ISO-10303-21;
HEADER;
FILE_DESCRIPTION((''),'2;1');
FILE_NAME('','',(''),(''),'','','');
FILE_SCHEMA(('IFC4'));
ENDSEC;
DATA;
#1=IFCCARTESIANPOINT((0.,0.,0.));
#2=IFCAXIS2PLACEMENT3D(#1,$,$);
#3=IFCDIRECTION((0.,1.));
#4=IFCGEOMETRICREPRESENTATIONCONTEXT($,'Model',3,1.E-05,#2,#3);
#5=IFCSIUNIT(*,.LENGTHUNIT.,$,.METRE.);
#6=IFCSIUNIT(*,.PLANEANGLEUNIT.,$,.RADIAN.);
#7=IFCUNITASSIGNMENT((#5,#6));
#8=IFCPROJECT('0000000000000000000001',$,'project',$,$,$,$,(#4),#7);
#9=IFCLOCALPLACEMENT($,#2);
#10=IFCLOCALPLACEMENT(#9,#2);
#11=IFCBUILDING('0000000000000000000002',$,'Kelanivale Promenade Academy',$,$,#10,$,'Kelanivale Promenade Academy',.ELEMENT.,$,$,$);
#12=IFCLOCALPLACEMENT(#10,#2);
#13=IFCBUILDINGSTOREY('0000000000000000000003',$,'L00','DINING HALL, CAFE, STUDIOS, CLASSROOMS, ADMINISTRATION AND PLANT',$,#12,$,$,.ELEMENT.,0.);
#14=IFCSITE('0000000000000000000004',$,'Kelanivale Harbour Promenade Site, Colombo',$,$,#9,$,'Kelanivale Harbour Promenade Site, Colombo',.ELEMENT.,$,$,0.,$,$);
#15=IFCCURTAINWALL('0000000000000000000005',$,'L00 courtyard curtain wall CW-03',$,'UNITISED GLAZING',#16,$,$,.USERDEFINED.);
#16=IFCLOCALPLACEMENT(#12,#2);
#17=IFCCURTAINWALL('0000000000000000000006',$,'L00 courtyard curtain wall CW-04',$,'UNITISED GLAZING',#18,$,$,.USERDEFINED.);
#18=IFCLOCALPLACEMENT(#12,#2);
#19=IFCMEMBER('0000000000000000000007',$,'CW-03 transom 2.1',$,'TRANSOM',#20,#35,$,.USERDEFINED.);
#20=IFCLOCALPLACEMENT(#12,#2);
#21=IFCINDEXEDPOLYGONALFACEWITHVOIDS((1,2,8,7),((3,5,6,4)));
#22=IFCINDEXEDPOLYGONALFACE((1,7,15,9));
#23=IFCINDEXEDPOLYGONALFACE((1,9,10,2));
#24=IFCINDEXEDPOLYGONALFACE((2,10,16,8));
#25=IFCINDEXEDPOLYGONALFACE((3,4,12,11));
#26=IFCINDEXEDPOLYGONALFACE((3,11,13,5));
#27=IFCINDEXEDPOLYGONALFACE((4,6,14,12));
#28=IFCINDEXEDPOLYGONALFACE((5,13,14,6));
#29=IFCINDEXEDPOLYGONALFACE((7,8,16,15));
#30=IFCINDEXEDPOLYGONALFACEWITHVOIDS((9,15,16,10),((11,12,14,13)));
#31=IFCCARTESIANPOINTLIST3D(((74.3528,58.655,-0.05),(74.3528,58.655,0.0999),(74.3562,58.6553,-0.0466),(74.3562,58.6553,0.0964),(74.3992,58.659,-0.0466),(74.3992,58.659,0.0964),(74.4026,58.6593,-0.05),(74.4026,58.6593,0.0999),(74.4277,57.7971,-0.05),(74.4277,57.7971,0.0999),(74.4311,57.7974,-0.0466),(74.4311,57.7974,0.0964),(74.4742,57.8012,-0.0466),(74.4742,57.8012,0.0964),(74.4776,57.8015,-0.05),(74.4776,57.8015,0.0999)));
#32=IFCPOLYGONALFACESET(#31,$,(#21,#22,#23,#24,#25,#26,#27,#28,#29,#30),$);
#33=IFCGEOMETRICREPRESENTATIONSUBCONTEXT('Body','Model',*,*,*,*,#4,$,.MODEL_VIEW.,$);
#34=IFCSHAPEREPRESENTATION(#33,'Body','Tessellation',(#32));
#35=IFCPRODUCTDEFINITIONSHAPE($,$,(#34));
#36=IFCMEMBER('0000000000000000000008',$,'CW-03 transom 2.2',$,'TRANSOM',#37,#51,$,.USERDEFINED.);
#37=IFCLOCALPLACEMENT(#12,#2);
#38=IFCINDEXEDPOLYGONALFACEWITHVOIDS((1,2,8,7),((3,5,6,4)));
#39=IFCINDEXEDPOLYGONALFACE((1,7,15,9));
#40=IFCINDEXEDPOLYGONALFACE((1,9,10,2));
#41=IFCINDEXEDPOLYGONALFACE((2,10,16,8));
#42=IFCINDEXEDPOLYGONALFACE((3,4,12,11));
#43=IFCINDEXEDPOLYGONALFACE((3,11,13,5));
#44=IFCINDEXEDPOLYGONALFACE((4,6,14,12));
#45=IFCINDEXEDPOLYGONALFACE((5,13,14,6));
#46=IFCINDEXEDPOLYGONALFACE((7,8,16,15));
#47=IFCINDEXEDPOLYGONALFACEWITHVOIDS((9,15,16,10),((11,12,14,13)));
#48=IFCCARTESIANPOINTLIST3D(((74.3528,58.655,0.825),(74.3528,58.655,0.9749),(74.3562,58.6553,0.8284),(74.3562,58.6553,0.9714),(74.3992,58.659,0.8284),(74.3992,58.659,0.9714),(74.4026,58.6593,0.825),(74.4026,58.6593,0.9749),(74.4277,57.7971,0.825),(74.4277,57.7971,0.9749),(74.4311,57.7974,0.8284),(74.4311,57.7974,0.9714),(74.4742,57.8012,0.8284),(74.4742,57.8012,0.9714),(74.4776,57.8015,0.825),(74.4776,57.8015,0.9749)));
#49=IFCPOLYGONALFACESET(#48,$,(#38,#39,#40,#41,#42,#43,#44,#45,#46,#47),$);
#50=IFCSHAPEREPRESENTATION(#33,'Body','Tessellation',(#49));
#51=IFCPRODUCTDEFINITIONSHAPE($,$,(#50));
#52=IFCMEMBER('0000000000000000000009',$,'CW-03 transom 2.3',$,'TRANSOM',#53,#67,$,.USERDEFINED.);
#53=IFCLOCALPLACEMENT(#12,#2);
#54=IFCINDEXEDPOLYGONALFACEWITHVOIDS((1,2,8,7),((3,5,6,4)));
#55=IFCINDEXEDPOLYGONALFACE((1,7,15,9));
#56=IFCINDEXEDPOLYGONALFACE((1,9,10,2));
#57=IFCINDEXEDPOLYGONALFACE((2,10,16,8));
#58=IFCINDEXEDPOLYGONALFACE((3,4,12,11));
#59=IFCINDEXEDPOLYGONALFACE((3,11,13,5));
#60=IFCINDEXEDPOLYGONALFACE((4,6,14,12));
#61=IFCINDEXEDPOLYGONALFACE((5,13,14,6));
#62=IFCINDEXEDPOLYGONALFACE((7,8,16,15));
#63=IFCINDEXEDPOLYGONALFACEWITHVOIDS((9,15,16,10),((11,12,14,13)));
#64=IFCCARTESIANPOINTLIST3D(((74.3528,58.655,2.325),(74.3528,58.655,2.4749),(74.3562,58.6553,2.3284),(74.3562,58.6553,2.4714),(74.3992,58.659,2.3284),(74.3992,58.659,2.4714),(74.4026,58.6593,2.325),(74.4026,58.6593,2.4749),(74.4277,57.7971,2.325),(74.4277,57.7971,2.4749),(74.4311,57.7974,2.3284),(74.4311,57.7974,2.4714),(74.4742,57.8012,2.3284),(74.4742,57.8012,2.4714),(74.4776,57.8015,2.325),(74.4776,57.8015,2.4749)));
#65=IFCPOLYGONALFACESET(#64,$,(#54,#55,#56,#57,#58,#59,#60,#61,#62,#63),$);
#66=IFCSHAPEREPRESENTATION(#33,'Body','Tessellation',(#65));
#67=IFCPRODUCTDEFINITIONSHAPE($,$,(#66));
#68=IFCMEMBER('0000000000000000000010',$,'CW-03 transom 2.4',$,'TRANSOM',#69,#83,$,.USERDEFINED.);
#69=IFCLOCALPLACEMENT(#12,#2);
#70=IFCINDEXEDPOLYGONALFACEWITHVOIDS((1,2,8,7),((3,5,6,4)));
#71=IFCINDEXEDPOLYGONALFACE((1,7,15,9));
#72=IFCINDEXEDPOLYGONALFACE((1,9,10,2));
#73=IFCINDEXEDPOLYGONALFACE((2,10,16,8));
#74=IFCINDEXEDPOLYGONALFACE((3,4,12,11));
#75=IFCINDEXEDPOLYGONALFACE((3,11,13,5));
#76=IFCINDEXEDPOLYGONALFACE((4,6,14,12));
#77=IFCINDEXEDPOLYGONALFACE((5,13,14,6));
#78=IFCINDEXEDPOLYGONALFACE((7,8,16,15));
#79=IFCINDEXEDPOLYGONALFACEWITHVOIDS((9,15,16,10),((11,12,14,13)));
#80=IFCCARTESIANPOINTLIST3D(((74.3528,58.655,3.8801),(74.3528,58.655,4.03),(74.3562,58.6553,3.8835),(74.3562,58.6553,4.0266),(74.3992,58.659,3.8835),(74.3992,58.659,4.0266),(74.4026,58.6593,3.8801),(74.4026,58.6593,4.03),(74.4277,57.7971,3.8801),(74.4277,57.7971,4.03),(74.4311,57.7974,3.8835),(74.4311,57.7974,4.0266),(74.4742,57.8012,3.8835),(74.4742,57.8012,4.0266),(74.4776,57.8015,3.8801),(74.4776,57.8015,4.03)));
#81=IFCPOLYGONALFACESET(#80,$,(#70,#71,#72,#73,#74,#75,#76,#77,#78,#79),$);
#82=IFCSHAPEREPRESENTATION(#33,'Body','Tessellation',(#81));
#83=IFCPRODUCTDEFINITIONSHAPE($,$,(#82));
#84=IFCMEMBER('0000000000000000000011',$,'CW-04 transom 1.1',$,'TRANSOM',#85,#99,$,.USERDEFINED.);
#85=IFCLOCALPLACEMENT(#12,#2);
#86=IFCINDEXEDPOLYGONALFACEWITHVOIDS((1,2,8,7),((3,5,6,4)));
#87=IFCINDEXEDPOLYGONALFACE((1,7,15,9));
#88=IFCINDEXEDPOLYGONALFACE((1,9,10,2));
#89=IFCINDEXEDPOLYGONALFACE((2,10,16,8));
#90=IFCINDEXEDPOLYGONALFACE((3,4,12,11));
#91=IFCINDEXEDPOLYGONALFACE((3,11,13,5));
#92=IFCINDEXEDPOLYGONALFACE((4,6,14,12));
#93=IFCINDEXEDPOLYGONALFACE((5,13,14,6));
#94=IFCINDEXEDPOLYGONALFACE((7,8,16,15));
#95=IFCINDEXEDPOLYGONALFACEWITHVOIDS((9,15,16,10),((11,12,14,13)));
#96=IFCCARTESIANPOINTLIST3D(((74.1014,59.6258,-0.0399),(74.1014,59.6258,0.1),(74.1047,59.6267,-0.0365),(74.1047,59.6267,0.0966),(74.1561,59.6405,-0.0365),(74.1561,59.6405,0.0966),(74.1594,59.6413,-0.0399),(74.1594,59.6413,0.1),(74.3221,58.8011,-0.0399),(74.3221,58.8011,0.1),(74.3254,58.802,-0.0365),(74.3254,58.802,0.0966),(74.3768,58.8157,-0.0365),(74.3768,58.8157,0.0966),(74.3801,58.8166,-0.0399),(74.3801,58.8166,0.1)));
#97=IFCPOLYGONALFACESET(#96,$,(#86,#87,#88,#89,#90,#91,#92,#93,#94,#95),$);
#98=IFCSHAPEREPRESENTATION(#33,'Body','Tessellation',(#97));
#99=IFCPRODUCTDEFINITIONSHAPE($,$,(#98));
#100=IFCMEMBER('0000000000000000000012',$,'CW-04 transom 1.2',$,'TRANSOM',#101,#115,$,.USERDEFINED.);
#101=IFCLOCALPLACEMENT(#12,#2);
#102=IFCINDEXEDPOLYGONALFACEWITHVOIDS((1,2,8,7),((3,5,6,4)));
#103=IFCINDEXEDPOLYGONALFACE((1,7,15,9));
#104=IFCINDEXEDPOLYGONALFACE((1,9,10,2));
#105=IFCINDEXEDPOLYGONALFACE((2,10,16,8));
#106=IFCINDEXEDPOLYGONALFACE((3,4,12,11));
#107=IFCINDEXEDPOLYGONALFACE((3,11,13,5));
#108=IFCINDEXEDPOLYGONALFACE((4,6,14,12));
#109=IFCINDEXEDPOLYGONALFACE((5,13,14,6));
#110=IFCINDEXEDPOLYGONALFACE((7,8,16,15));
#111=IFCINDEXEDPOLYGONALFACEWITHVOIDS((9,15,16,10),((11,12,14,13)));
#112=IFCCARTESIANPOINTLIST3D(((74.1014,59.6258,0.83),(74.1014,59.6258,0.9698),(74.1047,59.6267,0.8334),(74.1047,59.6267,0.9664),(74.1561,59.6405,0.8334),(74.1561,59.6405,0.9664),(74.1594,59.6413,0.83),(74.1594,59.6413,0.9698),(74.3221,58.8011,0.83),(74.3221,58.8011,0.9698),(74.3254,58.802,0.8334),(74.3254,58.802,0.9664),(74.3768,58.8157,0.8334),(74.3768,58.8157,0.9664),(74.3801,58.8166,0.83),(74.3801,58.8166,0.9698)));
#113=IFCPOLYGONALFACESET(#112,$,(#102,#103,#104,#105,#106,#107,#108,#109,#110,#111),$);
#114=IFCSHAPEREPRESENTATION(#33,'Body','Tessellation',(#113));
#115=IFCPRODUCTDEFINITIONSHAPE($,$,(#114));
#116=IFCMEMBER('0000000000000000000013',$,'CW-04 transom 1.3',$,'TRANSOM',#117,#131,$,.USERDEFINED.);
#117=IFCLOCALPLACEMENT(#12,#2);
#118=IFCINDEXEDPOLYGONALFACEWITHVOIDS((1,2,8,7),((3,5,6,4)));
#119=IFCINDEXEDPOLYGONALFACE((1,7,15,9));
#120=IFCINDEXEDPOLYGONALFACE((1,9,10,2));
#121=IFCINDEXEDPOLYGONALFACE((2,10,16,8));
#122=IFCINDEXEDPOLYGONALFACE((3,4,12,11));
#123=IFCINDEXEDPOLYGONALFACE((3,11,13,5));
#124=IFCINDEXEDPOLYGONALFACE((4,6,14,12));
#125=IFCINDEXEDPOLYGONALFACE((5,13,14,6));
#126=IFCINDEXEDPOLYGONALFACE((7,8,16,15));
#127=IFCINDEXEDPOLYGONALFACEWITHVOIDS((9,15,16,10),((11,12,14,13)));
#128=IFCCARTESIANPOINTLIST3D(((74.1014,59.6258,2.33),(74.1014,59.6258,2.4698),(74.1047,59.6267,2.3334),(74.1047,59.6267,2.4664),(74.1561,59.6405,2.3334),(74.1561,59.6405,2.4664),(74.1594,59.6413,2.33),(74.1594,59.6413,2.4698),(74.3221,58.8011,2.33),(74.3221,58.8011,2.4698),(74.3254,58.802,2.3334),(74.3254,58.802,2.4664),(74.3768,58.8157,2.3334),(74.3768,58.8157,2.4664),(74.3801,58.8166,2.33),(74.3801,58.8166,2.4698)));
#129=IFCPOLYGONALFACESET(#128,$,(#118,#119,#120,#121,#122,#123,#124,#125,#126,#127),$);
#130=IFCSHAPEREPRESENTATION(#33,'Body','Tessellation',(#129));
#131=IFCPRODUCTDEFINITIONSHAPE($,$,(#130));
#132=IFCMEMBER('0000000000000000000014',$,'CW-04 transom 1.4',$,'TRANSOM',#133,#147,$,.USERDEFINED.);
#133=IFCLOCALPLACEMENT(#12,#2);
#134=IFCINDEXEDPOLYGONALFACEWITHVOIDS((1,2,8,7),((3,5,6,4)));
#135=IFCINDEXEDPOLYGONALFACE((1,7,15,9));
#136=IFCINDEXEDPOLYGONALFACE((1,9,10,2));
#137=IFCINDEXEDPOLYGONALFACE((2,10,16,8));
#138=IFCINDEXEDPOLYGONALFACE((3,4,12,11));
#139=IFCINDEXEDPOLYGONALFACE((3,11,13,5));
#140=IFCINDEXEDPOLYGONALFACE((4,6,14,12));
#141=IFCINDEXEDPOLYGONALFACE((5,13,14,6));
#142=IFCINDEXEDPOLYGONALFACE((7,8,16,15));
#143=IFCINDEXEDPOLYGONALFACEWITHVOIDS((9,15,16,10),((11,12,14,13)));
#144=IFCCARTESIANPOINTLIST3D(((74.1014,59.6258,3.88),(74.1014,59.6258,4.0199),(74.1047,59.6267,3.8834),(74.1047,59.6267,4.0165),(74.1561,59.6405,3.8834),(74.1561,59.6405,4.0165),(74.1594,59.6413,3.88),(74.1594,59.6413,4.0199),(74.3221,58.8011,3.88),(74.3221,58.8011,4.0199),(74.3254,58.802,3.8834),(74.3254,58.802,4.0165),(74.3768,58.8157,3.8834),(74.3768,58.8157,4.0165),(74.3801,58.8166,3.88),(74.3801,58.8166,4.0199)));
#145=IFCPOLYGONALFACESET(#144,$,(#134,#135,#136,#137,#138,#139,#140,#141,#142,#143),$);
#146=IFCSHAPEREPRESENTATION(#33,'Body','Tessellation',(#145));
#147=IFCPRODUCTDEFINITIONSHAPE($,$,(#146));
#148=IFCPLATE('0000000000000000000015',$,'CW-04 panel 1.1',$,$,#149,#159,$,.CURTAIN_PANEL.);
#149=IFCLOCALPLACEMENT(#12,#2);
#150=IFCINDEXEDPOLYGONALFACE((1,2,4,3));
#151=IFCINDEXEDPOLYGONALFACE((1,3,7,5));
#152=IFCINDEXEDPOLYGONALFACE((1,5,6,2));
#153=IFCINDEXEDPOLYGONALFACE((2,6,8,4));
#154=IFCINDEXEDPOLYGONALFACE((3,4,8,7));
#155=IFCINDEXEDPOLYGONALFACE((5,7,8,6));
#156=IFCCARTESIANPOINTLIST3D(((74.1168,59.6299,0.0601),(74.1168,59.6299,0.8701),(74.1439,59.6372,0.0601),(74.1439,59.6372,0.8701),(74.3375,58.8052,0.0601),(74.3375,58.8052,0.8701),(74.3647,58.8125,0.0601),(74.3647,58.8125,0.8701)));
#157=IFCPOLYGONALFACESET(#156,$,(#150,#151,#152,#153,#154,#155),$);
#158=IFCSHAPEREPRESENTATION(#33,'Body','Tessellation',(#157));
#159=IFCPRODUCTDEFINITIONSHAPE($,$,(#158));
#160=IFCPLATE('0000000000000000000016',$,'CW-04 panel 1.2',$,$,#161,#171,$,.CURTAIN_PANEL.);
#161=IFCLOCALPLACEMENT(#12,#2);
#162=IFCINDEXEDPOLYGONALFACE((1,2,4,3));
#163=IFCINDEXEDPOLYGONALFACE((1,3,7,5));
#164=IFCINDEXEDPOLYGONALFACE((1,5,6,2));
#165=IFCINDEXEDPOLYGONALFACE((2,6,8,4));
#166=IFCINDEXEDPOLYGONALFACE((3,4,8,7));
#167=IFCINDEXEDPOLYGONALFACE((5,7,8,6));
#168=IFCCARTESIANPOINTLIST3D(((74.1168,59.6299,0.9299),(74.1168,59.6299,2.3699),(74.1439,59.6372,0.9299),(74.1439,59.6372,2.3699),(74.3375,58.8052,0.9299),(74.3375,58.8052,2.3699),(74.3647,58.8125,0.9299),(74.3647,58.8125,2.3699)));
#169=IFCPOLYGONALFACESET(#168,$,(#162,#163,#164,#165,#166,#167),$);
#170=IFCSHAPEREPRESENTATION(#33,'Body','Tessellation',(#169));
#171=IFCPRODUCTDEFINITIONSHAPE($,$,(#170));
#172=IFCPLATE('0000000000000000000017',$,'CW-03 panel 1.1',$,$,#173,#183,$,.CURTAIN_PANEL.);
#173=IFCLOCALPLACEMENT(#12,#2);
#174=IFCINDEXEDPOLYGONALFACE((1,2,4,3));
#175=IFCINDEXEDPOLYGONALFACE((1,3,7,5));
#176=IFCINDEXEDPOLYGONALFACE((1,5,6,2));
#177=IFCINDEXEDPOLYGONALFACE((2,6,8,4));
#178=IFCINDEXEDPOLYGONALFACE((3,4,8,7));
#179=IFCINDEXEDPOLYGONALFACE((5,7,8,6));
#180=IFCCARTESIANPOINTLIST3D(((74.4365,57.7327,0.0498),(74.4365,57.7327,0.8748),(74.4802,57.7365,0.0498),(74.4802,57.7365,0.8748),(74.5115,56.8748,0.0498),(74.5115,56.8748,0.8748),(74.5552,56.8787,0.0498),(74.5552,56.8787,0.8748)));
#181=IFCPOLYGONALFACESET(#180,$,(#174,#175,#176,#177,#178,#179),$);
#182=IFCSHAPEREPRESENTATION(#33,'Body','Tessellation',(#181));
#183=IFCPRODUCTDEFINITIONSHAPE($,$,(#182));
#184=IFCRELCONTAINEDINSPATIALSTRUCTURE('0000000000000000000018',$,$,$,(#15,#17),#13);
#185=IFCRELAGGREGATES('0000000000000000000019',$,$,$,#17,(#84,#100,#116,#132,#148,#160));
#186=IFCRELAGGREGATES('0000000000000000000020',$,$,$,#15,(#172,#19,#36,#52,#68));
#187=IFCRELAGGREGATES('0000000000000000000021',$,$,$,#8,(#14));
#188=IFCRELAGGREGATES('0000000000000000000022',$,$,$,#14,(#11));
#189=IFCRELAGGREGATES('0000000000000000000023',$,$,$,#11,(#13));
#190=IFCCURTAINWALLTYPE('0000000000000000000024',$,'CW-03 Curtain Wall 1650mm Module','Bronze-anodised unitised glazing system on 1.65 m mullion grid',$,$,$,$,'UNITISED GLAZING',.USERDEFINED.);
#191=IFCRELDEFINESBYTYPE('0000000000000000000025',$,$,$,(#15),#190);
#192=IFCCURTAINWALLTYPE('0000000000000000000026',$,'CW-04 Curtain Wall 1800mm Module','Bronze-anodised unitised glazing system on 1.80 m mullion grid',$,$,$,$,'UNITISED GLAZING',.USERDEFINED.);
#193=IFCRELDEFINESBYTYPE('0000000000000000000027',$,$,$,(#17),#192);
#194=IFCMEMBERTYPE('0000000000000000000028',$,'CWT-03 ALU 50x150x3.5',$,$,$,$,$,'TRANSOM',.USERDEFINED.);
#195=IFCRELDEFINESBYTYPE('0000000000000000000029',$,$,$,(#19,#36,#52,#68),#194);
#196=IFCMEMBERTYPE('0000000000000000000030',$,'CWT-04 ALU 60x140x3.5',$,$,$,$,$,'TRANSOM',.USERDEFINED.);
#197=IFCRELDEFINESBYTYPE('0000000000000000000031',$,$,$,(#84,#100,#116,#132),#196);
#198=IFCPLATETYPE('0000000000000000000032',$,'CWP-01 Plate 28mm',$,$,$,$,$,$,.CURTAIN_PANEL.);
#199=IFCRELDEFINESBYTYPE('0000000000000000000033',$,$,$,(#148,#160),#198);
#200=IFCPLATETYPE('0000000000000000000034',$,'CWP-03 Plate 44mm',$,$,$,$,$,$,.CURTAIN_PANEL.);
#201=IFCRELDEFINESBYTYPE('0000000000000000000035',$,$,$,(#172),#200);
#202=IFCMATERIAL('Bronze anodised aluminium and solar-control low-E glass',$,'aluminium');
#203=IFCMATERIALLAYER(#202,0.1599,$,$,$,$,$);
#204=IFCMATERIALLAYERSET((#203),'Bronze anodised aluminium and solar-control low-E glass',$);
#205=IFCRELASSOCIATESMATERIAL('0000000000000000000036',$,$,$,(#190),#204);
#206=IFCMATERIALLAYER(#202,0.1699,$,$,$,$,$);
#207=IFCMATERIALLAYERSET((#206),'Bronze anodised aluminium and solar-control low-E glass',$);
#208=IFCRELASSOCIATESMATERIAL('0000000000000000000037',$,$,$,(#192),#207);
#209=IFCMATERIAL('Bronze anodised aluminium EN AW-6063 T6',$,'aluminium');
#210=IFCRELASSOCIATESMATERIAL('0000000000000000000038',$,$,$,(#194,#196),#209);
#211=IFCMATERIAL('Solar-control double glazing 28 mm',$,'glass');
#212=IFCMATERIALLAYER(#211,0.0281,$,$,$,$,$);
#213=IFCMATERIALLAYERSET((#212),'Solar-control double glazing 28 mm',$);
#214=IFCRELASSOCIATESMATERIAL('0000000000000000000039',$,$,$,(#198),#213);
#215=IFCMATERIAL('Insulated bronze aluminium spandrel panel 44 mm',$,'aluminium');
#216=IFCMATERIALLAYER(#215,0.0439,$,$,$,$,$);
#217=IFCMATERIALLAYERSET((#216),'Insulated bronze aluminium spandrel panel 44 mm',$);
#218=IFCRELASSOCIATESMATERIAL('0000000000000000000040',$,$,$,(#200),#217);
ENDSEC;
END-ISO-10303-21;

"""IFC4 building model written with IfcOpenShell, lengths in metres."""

from ifc_helpers import new_model, si_unit, direction, frame, origin, origin_2d, place, context, subcontext, project, spatial, rectangle, hollow_rectangle, extrude, material, layer, layer_set, material_profile, profile_set, type_object, element, aggregate, save


model = new_model("IFC4")

# Units and contexts
model_context = context("Model", 3, precision=1e-05, world=origin(), true_north=direction((0.0, 1.0)))
body_context = subcontext(model_context, "Body", "Model", "MODEL_VIEW")
ifc_project = project(units=[si_unit("LENGTHUNIT", "METRE"), si_unit("PLANEANGLEUNIT", "RADIAN")], contexts=[model_context])

# Site, building, storey
site_placement = place(None, origin())
site = spatial("IfcSite", under=ifc_project, at=site_placement, Name="Kelanivale Harbour Promenade Site, Colombo", LongName="Kelanivale Harbour Promenade Site, Colombo", CompositionType="ELEMENT", RefElevation=0.0)
building_placement = place(site_placement, origin())
building = spatial("IfcBuilding", under=site, at=building_placement, Name="Kelanivale Promenade Academy", LongName="Kelanivale Promenade Academy", CompositionType="ELEMENT")
storey_placement = place(building_placement, origin())
storey = spatial("IfcBuildingStorey", under=building, at=storey_placement, Name="L00", Description="DINING HALL, CAFE, STUDIOS, CLASSROOMS, ADMINISTRATION AND PLANT", CompositionType="ELEMENT", Elevation=0.0)

# Curtain wall
ifc_material_1 = material(Name="Bronze anodised aluminium and solar-control low-E glass", Category="aluminium")
ifc_layer_1 = layer(ifc_material_1, 0.1599)
ifc_layer_set_1 = layer_set([ifc_layer_1], Name="Bronze anodised aluminium and solar-control low-E glass")
curtain_wall_type_1 = type_object("IfcCurtainWallType", Name="CW-03 Curtain Wall 1650mm Module", Description="Bronze-anodised unitised glazing system on 1.65 m mullion grid", ElementType="UNITISED GLAZING", PredefinedType="USERDEFINED", material=ifc_layer_set_1)
curtain_wall_1_placement = place(storey_placement, origin())
curtain_wall_1 = element("IfcCurtainWall", 1, at=curtain_wall_1_placement, inside=storey, type_object=curtain_wall_type_1, Name="L00 courtyard curtain wall CW-03", ObjectType="UNITISED GLAZING", PredefinedType="USERDEFINED")
ifc_material_2 = material(Name="Bronze anodised aluminium EN AW-6063 T6", Category="aluminium")

# Curtain wall
ifc_layer_2 = layer(ifc_material_1, 0.1699)
ifc_layer_set_2 = layer_set([ifc_layer_2], Name="Bronze anodised aluminium and solar-control low-E glass")
curtain_wall_type_2 = type_object("IfcCurtainWallType", Name="CW-04 Curtain Wall 1800mm Module", Description="Bronze-anodised unitised glazing system on 1.80 m mullion grid", ElementType="UNITISED GLAZING", PredefinedType="USERDEFINED", material=ifc_layer_set_2)
curtain_wall_2_placement = place(storey_placement, origin())
curtain_wall_2 = element("IfcCurtainWall", 2, at=curtain_wall_2_placement, inside=storey, type_object=curtain_wall_type_2, Name="L00 courtyard curtain wall CW-04", ObjectType="UNITISED GLAZING", PredefinedType="USERDEFINED")

# Members
ifc_material_profile_1 = material_profile(ifc_material_2, hollow_rectangle(XDim=0.05, YDim=0.1499, WallThickness=0.0034, at=origin_2d()), Name="ALU 50x150x3.5")
ifc_profile_set_1 = profile_set([ifc_material_profile_1], Name="Bronze anodised aluminium EN AW-6063 T6")
member_type_1 = type_object("IfcMemberType", Name="CWT-03 ALU 50x150x3.5", ElementType="TRANSOM", PredefinedType="USERDEFINED", material=ifc_profile_set_1)
member_1_placement = place(storey_placement, frame((74.4526, 57.7993, 0.0249), z_axis=(-0.087033, 0.996205, 0.0), x_axis=(-0.996205, -0.087033, 0.0)))
member_1 = element("IfcMember", 3, at=member_1_placement, type_object=member_type_1, Name="CW-03 transom 2.1", ObjectType="TRANSOM", PredefinedType="USERDEFINED", context=body_context, shape_type="SweptSolid", body=[
    extrude(hollow_rectangle(XDim=0.05, YDim=0.1499, WallThickness=0.0034, at=origin_2d()), origin(), (0.0, 0.0, 1.0), 0.8611),
])
member_2_placement = place(storey_placement, frame((74.4526, 57.7993, 0.8999), z_axis=(-0.087033, 0.996205, 0.0), x_axis=(-0.996205, -0.087033, 0.0)))
member_2 = element("IfcMember", 4, at=member_2_placement, type_object=member_type_1, Name="CW-03 transom 2.2", ObjectType="TRANSOM", PredefinedType="USERDEFINED", context=body_context, shape_type="SweptSolid", body=[
    extrude(hollow_rectangle(XDim=0.05, YDim=0.1499, WallThickness=0.0034, at=origin_2d()), origin(), (0.0, 0.0, 1.0), 0.8611),
])
member_3_placement = place(storey_placement, frame((74.4526, 57.7993, 2.3999), z_axis=(-0.087033, 0.996205, 0.0), x_axis=(-0.996205, -0.087033, 0.0)))
member_3 = element("IfcMember", 5, at=member_3_placement, type_object=member_type_1, Name="CW-03 transom 2.3", ObjectType="TRANSOM", PredefinedType="USERDEFINED", context=body_context, shape_type="SweptSolid", body=[
    extrude(hollow_rectangle(XDim=0.05, YDim=0.1499, WallThickness=0.0034, at=origin_2d()), origin(), (0.0, 0.0, 1.0), 0.8611),
])
member_4_placement = place(storey_placement, frame((74.4526, 57.7993, 3.9551), z_axis=(-0.087033, 0.996205, 0.0), x_axis=(-0.996205, -0.087033, 0.0)))
member_4 = element("IfcMember", 6, at=member_4_placement, type_object=member_type_1, Name="CW-03 transom 2.4", ObjectType="TRANSOM", PredefinedType="USERDEFINED", context=body_context, shape_type="SweptSolid", body=[
    extrude(hollow_rectangle(XDim=0.05, YDim=0.1499, WallThickness=0.0034, at=origin_2d()), origin(), (0.0, 0.0, 1.0), 0.8611),
])
ifc_material_profile_2 = material_profile(ifc_material_2, hollow_rectangle(XDim=0.0601, YDim=0.1399, WallThickness=0.0034, at=origin_2d()), Name="ALU 60x140x3.5")
ifc_profile_set_2 = profile_set([ifc_material_profile_2], Name="Bronze anodised aluminium EN AW-6063 T6")
member_type_2 = type_object("IfcMemberType", Name="CWT-04 ALU 60x140x3.5", ElementType="TRANSOM", PredefinedType="USERDEFINED", material=ifc_profile_set_2)
member_5_placement = place(storey_placement, frame((74.3511, 58.8088, 0.03), z_axis=(-0.258517, 0.966007, 0.0), x_axis=(-0.966007, -0.258517, 0.0)))
member_5 = element("IfcMember", 7, at=member_5_placement, type_object=member_type_2, Name="CW-04 transom 1.1", ObjectType="TRANSOM", PredefinedType="USERDEFINED", context=body_context, shape_type="SweptSolid", body=[
    extrude(hollow_rectangle(XDim=0.0601, YDim=0.1399, WallThickness=0.0034, at=origin_2d()), origin(), (0.0, 0.0, 1.0), 0.8538),
])
member_6_placement = place(storey_placement, frame((74.3511, 58.8088, 0.8999), z_axis=(-0.258517, 0.966007, 0.0), x_axis=(-0.966007, -0.258517, 0.0)))
member_6 = element("IfcMember", 8, at=member_6_placement, type_object=member_type_2, Name="CW-04 transom 1.2", ObjectType="TRANSOM", PredefinedType="USERDEFINED", context=body_context, shape_type="SweptSolid", body=[
    extrude(hollow_rectangle(XDim=0.0601, YDim=0.1399, WallThickness=0.0034, at=origin_2d()), origin(), (0.0, 0.0, 1.0), 0.8538),
])
member_7_placement = place(storey_placement, frame((74.3511, 58.8088, 2.3999), z_axis=(-0.258517, 0.966007, 0.0), x_axis=(-0.966007, -0.258517, 0.0)))
member_7 = element("IfcMember", 9, at=member_7_placement, type_object=member_type_2, Name="CW-04 transom 1.3", ObjectType="TRANSOM", PredefinedType="USERDEFINED", context=body_context, shape_type="SweptSolid", body=[
    extrude(hollow_rectangle(XDim=0.0601, YDim=0.1399, WallThickness=0.0034, at=origin_2d()), origin(), (0.0, 0.0, 1.0), 0.8538),
])
member_8_placement = place(storey_placement, frame((74.3511, 58.8088, 3.95), z_axis=(-0.258517, 0.966007, 0.0), x_axis=(-0.966007, -0.258517, 0.0)))
member_8 = element("IfcMember", 10, at=member_8_placement, type_object=member_type_2, Name="CW-04 transom 1.4", ObjectType="TRANSOM", PredefinedType="USERDEFINED", context=body_context, shape_type="SweptSolid", body=[
    extrude(hollow_rectangle(XDim=0.0601, YDim=0.1399, WallThickness=0.0034, at=origin_2d()), origin(), (0.0, 0.0, 1.0), 0.8538),
])

# Plates
ifc_material_3 = material(Name="Solar-control double glazing 28 mm", Category="glass")
ifc_layer_3 = layer(ifc_material_3, 0.0281)
ifc_layer_set_3 = layer_set([ifc_layer_3], Name="Solar-control double glazing 28 mm")
plate_type_1 = type_object("IfcPlateType", Name="CWP-01 Plate 28mm", PredefinedType="CURTAIN_PANEL", material=ifc_layer_set_3)
plate_1_placement = place(storey_placement, frame((74.2407, 59.2212, 0.0601), z_axis=(0.0, 0.0, 1.0), x_axis=(-0.258578, 0.96599, 0.0)))
plate_1 = element("IfcPlate", 11, at=plate_1_placement, type_object=plate_type_1, Name="CW-04 panel 1.1", PredefinedType="CURTAIN_PANEL", context=body_context, shape_type="SweptSolid", body=[
    extrude(rectangle(XDim=0.8538, YDim=0.0281, at=origin_2d()), origin(), (0.0, 0.0, 1.0), 0.8101),
])
plate_2_placement = place(storey_placement, frame((74.2407, 59.2212, 0.9299), z_axis=(0.0, 0.0, 1.0), x_axis=(-0.258578, 0.96599, 0.0)))
plate_2 = element("IfcPlate", 12, at=plate_2_placement, type_object=plate_type_1, Name="CW-04 panel 1.2", PredefinedType="CURTAIN_PANEL", context=body_context, shape_type="SweptSolid", body=[
    extrude(rectangle(XDim=0.8538, YDim=0.0281, at=origin_2d()), origin(), (0.0, 0.0, 1.0), 1.4399),
])
aggregate(curtain_wall_2, [member_5, member_6, member_7, member_8, plate_1, plate_2])
ifc_material_4 = material(Name="Insulated bronze aluminium spandrel panel 44 mm", Category="aluminium")
ifc_layer_4 = layer(ifc_material_4, 0.0439)
ifc_layer_set_4 = layer_set([ifc_layer_4], Name="Insulated bronze aluminium spandrel panel 44 mm")
plate_type_2 = type_object("IfcPlateType", Name="CWP-03 Plate 44mm", PredefinedType="CURTAIN_PANEL", material=ifc_layer_set_4)
plate_3_placement = place(storey_placement, frame((74.4958, 57.3057, 0.0498), z_axis=(0.0, 0.0, 1.0), x_axis=(-0.087102, 0.996199, 0.0)))
plate_3 = element("IfcPlate", 13, at=plate_3_placement, type_object=plate_type_2, Name="CW-03 panel 1.1", PredefinedType="CURTAIN_PANEL", context=body_context, shape_type="SweptSolid", body=[
    extrude(rectangle(XDim=0.8611, YDim=0.0439, at=origin_2d()), origin(), (0.0, 0.0, 1.0), 0.825),
])
aggregate(curtain_wall_1, [plate_3, member_1, member_2, member_3, member_4])

save(model, "model.ifc")
